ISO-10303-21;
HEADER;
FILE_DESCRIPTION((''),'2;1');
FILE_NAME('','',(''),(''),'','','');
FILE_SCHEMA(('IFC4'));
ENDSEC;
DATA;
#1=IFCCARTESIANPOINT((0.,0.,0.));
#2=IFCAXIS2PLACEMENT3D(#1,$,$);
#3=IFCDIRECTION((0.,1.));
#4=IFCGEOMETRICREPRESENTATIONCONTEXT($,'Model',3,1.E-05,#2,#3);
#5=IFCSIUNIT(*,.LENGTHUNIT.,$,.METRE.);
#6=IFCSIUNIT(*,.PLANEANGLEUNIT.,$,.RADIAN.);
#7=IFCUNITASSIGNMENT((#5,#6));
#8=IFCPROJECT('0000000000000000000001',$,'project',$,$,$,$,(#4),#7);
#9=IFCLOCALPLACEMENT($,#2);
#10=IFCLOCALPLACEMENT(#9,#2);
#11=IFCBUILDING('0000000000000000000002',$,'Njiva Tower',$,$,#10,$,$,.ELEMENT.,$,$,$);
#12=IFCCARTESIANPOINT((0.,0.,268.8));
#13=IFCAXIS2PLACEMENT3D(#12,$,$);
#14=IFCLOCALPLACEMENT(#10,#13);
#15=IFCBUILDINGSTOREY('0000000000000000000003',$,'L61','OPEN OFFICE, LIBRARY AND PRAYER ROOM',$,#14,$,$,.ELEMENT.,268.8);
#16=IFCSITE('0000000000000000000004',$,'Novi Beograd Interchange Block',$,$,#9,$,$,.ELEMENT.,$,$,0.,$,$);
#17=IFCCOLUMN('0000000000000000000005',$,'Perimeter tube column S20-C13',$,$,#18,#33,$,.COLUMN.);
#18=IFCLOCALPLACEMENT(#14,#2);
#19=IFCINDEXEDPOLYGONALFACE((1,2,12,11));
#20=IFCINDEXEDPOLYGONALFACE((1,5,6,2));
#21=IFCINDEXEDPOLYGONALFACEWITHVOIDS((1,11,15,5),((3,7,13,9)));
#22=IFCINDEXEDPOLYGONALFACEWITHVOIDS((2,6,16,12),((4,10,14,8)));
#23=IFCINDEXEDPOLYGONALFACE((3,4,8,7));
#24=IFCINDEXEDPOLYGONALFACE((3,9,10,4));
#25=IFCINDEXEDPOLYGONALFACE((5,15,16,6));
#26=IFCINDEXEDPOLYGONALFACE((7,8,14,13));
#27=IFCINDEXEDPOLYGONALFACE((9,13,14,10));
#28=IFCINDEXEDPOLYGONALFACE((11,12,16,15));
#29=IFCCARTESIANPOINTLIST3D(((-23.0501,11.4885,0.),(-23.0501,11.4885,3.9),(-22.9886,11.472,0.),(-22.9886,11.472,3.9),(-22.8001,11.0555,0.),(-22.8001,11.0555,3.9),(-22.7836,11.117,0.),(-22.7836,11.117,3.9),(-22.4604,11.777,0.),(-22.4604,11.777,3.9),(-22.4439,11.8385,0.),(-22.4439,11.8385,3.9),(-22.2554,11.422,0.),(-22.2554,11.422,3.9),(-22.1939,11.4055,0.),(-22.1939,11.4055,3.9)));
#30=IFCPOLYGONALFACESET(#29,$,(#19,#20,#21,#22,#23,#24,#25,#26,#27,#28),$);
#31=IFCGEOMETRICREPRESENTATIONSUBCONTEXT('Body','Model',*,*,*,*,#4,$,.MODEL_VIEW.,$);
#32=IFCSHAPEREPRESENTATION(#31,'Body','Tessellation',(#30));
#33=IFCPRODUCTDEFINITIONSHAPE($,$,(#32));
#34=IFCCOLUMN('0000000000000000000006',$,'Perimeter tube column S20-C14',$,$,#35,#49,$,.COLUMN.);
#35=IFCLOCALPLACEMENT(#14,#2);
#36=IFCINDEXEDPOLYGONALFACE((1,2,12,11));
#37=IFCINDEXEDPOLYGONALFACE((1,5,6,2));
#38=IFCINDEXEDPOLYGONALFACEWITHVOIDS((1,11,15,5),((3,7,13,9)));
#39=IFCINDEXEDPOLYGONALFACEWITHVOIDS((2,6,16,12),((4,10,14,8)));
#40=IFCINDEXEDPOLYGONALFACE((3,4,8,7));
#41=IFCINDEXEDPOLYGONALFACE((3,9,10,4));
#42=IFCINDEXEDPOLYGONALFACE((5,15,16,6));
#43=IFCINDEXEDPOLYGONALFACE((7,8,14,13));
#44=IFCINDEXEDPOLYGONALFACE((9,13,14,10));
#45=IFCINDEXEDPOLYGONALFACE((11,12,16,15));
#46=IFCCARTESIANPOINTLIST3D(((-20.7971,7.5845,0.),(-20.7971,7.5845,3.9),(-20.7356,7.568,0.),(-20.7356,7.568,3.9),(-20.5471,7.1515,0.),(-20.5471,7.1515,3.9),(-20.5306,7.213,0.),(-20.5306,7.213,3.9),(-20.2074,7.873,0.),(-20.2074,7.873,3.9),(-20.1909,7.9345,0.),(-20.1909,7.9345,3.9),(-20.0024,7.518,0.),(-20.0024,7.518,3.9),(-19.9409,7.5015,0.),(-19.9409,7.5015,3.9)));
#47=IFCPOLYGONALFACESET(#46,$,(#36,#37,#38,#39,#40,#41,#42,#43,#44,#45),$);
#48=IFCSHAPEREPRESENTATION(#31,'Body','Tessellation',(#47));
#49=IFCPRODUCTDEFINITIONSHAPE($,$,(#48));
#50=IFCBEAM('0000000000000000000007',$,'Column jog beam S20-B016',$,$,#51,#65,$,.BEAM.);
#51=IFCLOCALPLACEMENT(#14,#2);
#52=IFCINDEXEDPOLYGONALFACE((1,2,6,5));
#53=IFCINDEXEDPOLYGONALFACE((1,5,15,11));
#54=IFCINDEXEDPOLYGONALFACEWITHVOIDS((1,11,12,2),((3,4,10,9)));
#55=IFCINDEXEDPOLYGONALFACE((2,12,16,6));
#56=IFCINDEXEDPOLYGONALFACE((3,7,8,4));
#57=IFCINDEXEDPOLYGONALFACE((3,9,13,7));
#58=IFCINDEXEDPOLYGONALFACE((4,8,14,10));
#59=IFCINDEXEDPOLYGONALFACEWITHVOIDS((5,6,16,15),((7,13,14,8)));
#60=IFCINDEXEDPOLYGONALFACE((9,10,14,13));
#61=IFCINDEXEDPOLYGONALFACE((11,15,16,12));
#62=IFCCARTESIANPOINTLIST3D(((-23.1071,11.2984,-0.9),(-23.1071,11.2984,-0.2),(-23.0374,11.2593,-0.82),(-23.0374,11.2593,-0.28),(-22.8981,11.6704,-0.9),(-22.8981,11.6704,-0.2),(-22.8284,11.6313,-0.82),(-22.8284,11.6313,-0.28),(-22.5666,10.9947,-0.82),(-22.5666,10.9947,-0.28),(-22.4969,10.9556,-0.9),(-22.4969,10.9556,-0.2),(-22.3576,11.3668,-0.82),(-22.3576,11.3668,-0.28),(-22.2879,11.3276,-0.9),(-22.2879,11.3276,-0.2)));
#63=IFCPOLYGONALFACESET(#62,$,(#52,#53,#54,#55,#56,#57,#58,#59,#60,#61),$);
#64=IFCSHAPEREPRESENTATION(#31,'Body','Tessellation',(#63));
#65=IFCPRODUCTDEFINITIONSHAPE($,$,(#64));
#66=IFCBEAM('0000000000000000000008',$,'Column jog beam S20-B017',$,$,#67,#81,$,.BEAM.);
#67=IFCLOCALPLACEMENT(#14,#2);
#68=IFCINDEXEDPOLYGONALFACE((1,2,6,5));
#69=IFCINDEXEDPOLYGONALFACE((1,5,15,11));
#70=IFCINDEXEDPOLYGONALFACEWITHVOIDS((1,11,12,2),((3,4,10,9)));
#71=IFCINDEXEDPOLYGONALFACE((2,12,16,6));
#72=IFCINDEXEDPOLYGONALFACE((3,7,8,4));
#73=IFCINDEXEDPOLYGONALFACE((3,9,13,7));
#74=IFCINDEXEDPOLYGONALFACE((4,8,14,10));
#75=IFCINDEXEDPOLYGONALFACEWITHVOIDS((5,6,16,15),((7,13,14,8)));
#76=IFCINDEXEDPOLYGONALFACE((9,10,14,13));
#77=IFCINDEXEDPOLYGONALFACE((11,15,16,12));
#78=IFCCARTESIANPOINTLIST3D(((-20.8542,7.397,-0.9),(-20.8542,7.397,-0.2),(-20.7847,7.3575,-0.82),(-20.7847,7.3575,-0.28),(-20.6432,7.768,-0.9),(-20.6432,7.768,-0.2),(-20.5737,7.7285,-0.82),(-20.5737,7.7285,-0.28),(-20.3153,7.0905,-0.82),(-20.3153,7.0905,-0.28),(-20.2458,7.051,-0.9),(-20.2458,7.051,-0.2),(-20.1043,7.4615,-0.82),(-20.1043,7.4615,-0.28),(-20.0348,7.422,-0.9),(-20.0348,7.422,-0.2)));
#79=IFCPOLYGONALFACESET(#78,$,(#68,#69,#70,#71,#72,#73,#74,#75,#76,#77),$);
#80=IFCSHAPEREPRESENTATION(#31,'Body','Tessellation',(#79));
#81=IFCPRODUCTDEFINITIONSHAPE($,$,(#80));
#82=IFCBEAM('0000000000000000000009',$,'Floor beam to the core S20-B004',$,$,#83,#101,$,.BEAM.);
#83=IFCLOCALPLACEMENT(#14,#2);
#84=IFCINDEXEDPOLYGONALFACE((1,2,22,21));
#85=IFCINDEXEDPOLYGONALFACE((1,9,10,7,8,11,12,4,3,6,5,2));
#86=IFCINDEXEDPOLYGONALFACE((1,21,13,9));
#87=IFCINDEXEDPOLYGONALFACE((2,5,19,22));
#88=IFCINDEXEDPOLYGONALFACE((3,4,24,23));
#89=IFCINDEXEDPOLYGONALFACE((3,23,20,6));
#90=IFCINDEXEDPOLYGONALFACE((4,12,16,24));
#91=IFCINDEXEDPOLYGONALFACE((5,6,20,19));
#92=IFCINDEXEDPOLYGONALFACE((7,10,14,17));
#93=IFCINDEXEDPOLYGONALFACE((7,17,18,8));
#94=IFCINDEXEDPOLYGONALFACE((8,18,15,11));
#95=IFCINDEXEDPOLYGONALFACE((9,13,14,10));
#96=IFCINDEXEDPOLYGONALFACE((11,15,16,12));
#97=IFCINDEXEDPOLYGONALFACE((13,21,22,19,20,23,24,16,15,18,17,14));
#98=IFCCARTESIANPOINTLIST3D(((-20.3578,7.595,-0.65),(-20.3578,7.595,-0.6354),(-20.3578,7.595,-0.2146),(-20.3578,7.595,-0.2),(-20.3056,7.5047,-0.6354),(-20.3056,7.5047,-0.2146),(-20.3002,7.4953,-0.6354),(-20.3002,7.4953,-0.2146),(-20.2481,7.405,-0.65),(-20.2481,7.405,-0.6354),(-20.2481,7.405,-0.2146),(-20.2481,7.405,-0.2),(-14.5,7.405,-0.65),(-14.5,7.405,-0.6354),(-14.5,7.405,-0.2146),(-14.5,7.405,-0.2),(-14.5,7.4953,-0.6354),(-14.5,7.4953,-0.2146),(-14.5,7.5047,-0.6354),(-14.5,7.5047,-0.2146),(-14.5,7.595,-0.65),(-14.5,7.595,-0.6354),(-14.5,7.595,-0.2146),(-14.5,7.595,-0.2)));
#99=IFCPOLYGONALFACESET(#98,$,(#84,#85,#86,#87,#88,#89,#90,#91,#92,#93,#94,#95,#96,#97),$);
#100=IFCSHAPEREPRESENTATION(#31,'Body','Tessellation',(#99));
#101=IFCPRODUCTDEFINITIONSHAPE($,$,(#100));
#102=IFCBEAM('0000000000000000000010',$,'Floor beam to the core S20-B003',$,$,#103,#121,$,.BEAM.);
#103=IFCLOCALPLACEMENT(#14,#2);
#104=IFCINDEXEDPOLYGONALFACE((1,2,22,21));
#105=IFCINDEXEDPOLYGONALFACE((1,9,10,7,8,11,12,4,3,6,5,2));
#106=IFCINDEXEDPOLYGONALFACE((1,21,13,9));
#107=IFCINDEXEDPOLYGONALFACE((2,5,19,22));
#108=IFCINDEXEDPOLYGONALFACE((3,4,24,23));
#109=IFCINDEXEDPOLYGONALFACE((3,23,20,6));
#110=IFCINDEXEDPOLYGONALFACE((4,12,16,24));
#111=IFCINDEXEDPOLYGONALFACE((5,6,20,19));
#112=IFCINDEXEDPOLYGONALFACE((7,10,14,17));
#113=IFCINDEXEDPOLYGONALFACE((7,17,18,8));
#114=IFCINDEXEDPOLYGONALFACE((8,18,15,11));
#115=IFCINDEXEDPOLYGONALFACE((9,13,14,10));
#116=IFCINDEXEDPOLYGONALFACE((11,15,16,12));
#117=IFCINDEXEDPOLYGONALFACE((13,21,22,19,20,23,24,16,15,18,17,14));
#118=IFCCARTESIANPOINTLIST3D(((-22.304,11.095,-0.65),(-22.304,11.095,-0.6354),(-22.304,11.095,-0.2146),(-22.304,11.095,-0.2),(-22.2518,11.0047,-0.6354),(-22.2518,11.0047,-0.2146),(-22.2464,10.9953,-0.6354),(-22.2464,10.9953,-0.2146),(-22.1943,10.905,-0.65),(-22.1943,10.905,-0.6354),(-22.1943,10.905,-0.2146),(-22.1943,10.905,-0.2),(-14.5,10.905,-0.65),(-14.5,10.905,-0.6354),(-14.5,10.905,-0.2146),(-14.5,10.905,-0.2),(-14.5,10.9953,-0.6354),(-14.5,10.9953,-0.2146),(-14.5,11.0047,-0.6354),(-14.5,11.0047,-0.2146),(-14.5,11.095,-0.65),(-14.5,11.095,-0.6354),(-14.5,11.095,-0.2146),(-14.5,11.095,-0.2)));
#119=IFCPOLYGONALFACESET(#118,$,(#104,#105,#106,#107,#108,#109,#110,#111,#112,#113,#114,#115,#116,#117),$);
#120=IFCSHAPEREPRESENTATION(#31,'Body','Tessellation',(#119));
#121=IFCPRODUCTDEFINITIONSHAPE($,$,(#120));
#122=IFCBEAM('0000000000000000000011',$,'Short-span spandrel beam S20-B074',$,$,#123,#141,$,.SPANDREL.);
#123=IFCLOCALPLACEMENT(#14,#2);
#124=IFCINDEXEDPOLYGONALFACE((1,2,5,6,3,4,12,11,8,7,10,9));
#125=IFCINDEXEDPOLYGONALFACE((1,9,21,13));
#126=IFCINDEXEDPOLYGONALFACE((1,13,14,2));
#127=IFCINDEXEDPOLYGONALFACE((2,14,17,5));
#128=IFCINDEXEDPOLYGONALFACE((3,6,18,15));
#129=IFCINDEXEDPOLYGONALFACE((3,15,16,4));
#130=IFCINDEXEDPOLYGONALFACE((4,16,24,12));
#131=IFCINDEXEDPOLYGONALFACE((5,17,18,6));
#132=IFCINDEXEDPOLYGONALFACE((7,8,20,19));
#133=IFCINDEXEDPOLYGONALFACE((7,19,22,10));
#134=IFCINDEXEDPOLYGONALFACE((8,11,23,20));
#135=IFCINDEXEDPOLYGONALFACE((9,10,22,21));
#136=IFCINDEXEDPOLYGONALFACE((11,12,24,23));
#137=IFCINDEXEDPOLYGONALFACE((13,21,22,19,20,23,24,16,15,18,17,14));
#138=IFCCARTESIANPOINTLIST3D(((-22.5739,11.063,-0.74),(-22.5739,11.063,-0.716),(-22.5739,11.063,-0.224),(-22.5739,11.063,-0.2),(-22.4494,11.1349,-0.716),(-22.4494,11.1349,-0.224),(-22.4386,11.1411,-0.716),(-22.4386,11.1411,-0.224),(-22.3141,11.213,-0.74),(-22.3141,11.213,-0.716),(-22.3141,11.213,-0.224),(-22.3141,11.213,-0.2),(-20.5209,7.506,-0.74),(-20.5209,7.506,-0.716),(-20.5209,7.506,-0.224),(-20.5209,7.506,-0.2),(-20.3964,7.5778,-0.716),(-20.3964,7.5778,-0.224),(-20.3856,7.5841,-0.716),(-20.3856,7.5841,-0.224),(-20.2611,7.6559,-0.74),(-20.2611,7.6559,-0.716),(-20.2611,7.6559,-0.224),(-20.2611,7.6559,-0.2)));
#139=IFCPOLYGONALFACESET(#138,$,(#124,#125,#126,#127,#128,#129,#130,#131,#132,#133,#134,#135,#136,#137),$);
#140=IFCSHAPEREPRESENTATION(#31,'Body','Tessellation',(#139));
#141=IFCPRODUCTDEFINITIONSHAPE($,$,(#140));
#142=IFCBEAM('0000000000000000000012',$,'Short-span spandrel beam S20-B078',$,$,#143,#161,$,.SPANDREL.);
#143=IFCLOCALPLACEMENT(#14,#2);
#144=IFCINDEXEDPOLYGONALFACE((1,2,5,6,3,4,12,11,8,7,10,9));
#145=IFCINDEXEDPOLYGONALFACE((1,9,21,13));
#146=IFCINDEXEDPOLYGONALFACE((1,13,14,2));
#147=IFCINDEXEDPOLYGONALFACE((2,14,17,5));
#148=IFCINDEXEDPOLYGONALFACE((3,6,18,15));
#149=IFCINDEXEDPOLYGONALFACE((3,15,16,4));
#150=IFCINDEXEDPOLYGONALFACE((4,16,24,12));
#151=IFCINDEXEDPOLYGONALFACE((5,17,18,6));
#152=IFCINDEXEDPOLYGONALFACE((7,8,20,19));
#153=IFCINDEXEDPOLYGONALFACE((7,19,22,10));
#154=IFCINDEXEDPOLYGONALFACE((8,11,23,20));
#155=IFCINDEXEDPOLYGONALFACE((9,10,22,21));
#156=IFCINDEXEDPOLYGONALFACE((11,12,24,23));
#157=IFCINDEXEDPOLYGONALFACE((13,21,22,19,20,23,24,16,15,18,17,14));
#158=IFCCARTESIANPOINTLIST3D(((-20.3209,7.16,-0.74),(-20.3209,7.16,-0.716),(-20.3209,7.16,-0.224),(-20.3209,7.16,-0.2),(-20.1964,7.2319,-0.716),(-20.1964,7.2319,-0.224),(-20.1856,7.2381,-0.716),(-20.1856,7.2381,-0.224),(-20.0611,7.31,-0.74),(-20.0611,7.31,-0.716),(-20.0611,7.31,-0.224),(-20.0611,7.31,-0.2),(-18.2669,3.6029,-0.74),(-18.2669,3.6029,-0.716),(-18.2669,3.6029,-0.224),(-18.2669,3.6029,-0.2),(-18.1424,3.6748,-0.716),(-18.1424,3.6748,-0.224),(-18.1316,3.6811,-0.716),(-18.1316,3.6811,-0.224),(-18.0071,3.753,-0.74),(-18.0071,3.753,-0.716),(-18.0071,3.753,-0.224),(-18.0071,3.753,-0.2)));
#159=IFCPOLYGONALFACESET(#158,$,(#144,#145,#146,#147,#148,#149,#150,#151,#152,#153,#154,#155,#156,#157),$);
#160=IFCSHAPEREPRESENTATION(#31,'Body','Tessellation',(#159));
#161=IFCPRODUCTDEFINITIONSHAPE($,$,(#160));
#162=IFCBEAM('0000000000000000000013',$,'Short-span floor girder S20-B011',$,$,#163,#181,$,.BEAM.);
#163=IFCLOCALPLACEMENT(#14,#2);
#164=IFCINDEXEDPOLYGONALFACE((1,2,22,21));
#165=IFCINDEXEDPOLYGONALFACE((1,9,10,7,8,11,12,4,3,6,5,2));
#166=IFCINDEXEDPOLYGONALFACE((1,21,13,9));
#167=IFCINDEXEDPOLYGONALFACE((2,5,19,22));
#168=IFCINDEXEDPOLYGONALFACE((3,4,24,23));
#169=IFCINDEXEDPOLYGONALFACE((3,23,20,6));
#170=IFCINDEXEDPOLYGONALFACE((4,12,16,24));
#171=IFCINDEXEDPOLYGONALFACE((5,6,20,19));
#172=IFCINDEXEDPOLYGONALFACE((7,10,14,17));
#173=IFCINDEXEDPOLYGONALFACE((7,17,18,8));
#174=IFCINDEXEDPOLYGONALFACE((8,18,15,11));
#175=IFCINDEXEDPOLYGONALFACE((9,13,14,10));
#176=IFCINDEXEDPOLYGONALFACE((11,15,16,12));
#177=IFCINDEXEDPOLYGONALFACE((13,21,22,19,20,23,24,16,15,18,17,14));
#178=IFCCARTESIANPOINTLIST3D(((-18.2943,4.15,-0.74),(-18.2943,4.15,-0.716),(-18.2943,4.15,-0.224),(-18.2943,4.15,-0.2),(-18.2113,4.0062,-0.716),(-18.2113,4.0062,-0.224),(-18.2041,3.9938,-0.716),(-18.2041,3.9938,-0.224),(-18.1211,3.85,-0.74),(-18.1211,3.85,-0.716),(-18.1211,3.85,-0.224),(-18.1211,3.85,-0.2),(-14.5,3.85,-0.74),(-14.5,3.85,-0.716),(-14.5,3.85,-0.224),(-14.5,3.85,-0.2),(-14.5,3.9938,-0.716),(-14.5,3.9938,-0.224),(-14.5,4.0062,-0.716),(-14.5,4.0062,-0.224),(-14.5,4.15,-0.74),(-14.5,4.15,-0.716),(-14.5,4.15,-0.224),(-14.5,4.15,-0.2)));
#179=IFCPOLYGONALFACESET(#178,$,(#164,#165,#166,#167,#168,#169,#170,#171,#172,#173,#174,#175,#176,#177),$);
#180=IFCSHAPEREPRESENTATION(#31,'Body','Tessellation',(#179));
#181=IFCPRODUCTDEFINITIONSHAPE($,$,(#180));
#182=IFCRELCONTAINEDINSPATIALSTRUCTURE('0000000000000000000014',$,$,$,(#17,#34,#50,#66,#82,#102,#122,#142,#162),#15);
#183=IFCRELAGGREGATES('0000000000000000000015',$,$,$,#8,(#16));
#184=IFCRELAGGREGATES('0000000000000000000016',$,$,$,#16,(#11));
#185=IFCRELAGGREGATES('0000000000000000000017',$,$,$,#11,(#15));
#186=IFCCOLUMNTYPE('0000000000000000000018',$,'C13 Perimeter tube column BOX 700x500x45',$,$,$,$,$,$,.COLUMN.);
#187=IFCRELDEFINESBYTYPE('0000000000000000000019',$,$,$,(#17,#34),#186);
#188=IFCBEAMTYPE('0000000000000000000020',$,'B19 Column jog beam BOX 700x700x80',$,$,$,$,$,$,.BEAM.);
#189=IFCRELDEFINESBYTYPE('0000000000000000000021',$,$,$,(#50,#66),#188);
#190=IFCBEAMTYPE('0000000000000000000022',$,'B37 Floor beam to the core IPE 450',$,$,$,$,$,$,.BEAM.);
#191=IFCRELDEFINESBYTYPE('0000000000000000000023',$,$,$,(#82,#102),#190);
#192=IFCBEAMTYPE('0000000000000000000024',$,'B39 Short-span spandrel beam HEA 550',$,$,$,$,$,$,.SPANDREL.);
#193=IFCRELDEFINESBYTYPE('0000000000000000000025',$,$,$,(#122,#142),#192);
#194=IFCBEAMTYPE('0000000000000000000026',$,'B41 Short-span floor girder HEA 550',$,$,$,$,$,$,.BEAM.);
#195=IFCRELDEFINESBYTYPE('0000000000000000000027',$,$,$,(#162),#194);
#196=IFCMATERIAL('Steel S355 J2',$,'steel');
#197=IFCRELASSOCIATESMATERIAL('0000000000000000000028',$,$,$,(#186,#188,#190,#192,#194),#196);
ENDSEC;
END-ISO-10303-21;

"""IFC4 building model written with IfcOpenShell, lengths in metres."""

from ifc_helpers import new_model, si_unit, direction, frame, origin, origin_2d, place, context, subcontext, project, spatial, hollow_rectangle, i_section, extrude, clip, halfspace, material, material_profile, profile_set, type_object, element, save


model = new_model("IFC4")

# Units and contexts
model_context = context("Model", 3, precision=1e-05, world=origin(), true_north=direction((0.0, 1.0)))
body_context = subcontext(model_context, "Body", "Model", "MODEL_VIEW")
ifc_project = project(units=[si_unit("LENGTHUNIT", "METRE"), si_unit("PLANEANGLEUNIT", "RADIAN")], contexts=[model_context])

# Site, building, storey
site_placement = place(None, origin())
site = spatial("IfcSite", under=ifc_project, at=site_placement, Name="Novi Beograd Interchange Block", CompositionType="ELEMENT", RefElevation=0.0)
building_placement = place(site_placement, origin())
building = spatial("IfcBuilding", under=site, at=building_placement, Name="Njiva Tower", CompositionType="ELEMENT")
storey_placement = place(building_placement, frame((0.0, 0.0, 268.8)))
storey = spatial("IfcBuildingStorey", under=building, at=storey_placement, Name="L61", Description="OPEN OFFICE, LIBRARY AND PRAYER ROOM", CompositionType="ELEMENT", Elevation=268.8)

# Columns
ifc_material_1 = material(Name="Steel S355 J2", Category="steel")
ifc_material_profile_1 = material_profile(ifc_material_1, hollow_rectangle(XDim=0.5, YDim=0.7, WallThickness=0.045, at=origin_2d()), Name="BOX 700x500x45")
ifc_profile_set_1 = profile_set([ifc_material_profile_1], Name="Steel S355 J2")
column_type = type_object("IfcColumnType", Name="C13 Perimeter tube column BOX 700x500x45", PredefinedType="COLUMN", material=ifc_profile_set_1)
for number, where, z_axis, x_axis, name in (
    (1, (-22.622, 11.447, 0.0), (0.0, 0.0, 1.0), (0.5, -0.866025, 0.0), "Perimeter tube column S20-C13"),
    (2, (-20.369, 7.543, 0.0), (0.0, 0.0, 1.0), (0.5, -0.866025, 0.0), "Perimeter tube column S20-C14"),
):
    element("IfcColumn", number, at=place(storey_placement, frame(where, z_axis=z_axis, x_axis=x_axis)), inside=storey, type_object=column_type, Name=name, PredefinedType="COLUMN", context=body_context, shape_type="SweptSolid", body=[
        extrude(hollow_rectangle(XDim=0.5, YDim=0.7, WallThickness=0.045, at=origin_2d()), origin(), (0.0, 0.0, 1.0), 3.9),
    ])

# Beams
ifc_material_profile_2 = material_profile(ifc_material_1, hollow_rectangle(XDim=0.7, YDim=0.7, WallThickness=0.08, at=origin_2d()), Name="BOX 700x700x80")
ifc_profile_set_2 = profile_set([ifc_material_profile_2], Name="Steel S355 J2")
beam_type_1 = type_object("IfcBeamType", Name="B19 Column jog beam BOX 700x700x80", PredefinedType="BEAM", material=ifc_profile_set_2)
beam_1_placement = place(storey_placement, frame((-22.802, 11.127, -0.55), z_axis=(0.489816, 0.871826, 0.0), x_axis=(-0.871826, 0.489816, 0.0)))
element("IfcBeam", 3, at=beam_1_placement, inside=storey, type_object=beam_type_1, Name="Column jog beam S20-B016", PredefinedType="BEAM", context=body_context, shape_type="SweptSolid", body=[
    extrude(hollow_rectangle(XDim=0.7, YDim=0.7, WallThickness=0.08, at=origin_2d()), origin(), (0.0, 0.0, 1.0), 0.4267),
])
beam_2_placement = place(storey_placement, frame((-20.55, 7.224, -0.55), z_axis=(0.494372, 0.869251, 0.0), x_axis=(-0.869251, 0.494372, 0.0)))
element("IfcBeam", 4, at=beam_2_placement, inside=storey, type_object=beam_type_1, Name="Column jog beam S20-B017", PredefinedType="BEAM", context=body_context, shape_type="SweptSolid", body=[
    extrude(hollow_rectangle(XDim=0.7, YDim=0.7, WallThickness=0.08, at=origin_2d()), origin(), (0.0, 0.0, 1.0), 0.4268),
])
ifc_material_profile_3 = material_profile(ifc_material_1, i_section(OverallWidth=0.19, OverallDepth=0.45, WebThickness=0.0094, FlangeThickness=0.0146, at=origin_2d()), Name="IPE 450")
ifc_profile_set_3 = profile_set([ifc_material_profile_3], Name="Steel S355 J2")
beam_type_2 = type_object("IfcBeamType", Name="B37 Floor beam to the core IPE 450", PredefinedType="BEAM", material=ifc_profile_set_3)
beam_3_placement = place(storey_placement, frame((-20.378, 7.5, -0.425), z_axis=(1.0, 0.0, 0.0), x_axis=(0.0, 1.0, 0.0)))
element("IfcBeam", 5, at=beam_3_placement, inside=storey, type_object=beam_type_2, Name="Floor beam to the core S20-B004", PredefinedType="BEAM", context=body_context, shape_type="Clipping", body=[
    clip(extrude(i_section(OverallWidth=0.19, OverallDepth=0.45, WebThickness=0.0094, FlangeThickness=0.0146, at=origin_2d()), origin(), (0.0, 0.0, 1.0), 5.878), halfspace(frame((-0.025, 0.0, 0.0895), z_axis=(-0.499998, 0.0, -0.866027), x_axis=(0.0, -1.0, 0.0)), False)),
])
beam_4_placement = place(storey_placement, frame((-22.324, 11.0, -0.425), z_axis=(1.0, 0.0, 0.0), x_axis=(0.0, 1.0, 0.0)))
element("IfcBeam", 6, at=beam_4_placement, inside=storey, type_object=beam_type_2, Name="Floor beam to the core S20-B003", PredefinedType="BEAM", context=body_context, shape_type="Clipping", body=[
    clip(extrude(i_section(OverallWidth=0.19, OverallDepth=0.45, WebThickness=0.0094, FlangeThickness=0.0146, at=origin_2d()), origin(), (0.0, 0.0, 1.0), 7.824), halfspace(frame((-0.025, 0.0, 0.0893), z_axis=(-0.499998, 0.0, -0.866027), x_axis=(0.0, -1.0, 0.0)), False)),
])
ifc_material_profile_4 = material_profile(ifc_material_1, i_section(OverallWidth=0.3, OverallDepth=0.54, WebThickness=0.0125, FlangeThickness=0.024, at=origin_2d()), Name="HEA 550")
ifc_profile_set_4 = profile_set([ifc_material_profile_4], Name="Steel S355 J2")
beam_type_3 = type_object("IfcBeamType", Name="B39 Short-span spandrel beam HEA 550", PredefinedType="SPANDREL", material=ifc_profile_set_4)
beam_5_placement = place(storey_placement, frame((-22.444, 11.138, -0.47), z_axis=(0.499884, -0.866092, 0.0), x_axis=(0.866092, 0.499884, 0.0)))
element("IfcBeam", 7, at=beam_5_placement, inside=storey, type_object=beam_type_3, Name="Short-span spandrel beam S20-B074", PredefinedType="SPANDREL", context=body_context, shape_type="SweptSolid", body=[
    extrude(i_section(OverallWidth=0.3, OverallDepth=0.54, WebThickness=0.0125, FlangeThickness=0.024, at=origin_2d()), origin(), (0.0, 0.0, 1.0), 4.107),
])
beam_6_placement = place(storey_placement, frame((-20.191, 7.235, -0.47), z_axis=(0.500067, -0.865987, 0.0), x_axis=(0.865987, 0.500067, 0.0)))
element("IfcBeam", 8, at=beam_6_placement, inside=storey, type_object=beam_type_3, Name="Short-span spandrel beam S20-B078", PredefinedType="SPANDREL", context=body_context, shape_type="SweptSolid", body=[
    extrude(i_section(OverallWidth=0.3, OverallDepth=0.54, WebThickness=0.0125, FlangeThickness=0.024, at=origin_2d()), origin(), (0.0, 0.0, 1.0), 4.1075),
])
ifc_material_profile_5 = material_profile(ifc_material_1, i_section(OverallWidth=0.3, OverallDepth=0.54, WebThickness=0.0125, FlangeThickness=0.024, at=origin_2d()), Name="HEA 550")
ifc_profile_set_5 = profile_set([ifc_material_profile_5], Name="Steel S355 J2")
beam_type_4 = type_object("IfcBeamType", Name="B41 Short-span floor girder HEA 550", PredefinedType="BEAM", material=ifc_profile_set_5)
beam_7_placement = place(storey_placement, frame((-18.315, 4.0, -0.47), z_axis=(1.0, 0.0, 0.0), x_axis=(0.0, 1.0, 0.0)))
element("IfcBeam", 9, at=beam_7_placement, inside=storey, type_object=beam_type_4, Name="Short-span floor girder S20-B011", PredefinedType="BEAM", context=body_context, shape_type="Clipping", body=[
    clip(extrude(i_section(OverallWidth=0.3, OverallDepth=0.54, WebThickness=0.0125, FlangeThickness=0.024, at=origin_2d()), origin(), (0.0, 0.0, 1.0), 3.815), halfspace(frame((-0.025, 0.0, 0.1217), z_axis=(-0.499998, 0.0, -0.866027), x_axis=(0.0, -1.0, 0.0)), False)),
])

save(model, "model.ifc")
